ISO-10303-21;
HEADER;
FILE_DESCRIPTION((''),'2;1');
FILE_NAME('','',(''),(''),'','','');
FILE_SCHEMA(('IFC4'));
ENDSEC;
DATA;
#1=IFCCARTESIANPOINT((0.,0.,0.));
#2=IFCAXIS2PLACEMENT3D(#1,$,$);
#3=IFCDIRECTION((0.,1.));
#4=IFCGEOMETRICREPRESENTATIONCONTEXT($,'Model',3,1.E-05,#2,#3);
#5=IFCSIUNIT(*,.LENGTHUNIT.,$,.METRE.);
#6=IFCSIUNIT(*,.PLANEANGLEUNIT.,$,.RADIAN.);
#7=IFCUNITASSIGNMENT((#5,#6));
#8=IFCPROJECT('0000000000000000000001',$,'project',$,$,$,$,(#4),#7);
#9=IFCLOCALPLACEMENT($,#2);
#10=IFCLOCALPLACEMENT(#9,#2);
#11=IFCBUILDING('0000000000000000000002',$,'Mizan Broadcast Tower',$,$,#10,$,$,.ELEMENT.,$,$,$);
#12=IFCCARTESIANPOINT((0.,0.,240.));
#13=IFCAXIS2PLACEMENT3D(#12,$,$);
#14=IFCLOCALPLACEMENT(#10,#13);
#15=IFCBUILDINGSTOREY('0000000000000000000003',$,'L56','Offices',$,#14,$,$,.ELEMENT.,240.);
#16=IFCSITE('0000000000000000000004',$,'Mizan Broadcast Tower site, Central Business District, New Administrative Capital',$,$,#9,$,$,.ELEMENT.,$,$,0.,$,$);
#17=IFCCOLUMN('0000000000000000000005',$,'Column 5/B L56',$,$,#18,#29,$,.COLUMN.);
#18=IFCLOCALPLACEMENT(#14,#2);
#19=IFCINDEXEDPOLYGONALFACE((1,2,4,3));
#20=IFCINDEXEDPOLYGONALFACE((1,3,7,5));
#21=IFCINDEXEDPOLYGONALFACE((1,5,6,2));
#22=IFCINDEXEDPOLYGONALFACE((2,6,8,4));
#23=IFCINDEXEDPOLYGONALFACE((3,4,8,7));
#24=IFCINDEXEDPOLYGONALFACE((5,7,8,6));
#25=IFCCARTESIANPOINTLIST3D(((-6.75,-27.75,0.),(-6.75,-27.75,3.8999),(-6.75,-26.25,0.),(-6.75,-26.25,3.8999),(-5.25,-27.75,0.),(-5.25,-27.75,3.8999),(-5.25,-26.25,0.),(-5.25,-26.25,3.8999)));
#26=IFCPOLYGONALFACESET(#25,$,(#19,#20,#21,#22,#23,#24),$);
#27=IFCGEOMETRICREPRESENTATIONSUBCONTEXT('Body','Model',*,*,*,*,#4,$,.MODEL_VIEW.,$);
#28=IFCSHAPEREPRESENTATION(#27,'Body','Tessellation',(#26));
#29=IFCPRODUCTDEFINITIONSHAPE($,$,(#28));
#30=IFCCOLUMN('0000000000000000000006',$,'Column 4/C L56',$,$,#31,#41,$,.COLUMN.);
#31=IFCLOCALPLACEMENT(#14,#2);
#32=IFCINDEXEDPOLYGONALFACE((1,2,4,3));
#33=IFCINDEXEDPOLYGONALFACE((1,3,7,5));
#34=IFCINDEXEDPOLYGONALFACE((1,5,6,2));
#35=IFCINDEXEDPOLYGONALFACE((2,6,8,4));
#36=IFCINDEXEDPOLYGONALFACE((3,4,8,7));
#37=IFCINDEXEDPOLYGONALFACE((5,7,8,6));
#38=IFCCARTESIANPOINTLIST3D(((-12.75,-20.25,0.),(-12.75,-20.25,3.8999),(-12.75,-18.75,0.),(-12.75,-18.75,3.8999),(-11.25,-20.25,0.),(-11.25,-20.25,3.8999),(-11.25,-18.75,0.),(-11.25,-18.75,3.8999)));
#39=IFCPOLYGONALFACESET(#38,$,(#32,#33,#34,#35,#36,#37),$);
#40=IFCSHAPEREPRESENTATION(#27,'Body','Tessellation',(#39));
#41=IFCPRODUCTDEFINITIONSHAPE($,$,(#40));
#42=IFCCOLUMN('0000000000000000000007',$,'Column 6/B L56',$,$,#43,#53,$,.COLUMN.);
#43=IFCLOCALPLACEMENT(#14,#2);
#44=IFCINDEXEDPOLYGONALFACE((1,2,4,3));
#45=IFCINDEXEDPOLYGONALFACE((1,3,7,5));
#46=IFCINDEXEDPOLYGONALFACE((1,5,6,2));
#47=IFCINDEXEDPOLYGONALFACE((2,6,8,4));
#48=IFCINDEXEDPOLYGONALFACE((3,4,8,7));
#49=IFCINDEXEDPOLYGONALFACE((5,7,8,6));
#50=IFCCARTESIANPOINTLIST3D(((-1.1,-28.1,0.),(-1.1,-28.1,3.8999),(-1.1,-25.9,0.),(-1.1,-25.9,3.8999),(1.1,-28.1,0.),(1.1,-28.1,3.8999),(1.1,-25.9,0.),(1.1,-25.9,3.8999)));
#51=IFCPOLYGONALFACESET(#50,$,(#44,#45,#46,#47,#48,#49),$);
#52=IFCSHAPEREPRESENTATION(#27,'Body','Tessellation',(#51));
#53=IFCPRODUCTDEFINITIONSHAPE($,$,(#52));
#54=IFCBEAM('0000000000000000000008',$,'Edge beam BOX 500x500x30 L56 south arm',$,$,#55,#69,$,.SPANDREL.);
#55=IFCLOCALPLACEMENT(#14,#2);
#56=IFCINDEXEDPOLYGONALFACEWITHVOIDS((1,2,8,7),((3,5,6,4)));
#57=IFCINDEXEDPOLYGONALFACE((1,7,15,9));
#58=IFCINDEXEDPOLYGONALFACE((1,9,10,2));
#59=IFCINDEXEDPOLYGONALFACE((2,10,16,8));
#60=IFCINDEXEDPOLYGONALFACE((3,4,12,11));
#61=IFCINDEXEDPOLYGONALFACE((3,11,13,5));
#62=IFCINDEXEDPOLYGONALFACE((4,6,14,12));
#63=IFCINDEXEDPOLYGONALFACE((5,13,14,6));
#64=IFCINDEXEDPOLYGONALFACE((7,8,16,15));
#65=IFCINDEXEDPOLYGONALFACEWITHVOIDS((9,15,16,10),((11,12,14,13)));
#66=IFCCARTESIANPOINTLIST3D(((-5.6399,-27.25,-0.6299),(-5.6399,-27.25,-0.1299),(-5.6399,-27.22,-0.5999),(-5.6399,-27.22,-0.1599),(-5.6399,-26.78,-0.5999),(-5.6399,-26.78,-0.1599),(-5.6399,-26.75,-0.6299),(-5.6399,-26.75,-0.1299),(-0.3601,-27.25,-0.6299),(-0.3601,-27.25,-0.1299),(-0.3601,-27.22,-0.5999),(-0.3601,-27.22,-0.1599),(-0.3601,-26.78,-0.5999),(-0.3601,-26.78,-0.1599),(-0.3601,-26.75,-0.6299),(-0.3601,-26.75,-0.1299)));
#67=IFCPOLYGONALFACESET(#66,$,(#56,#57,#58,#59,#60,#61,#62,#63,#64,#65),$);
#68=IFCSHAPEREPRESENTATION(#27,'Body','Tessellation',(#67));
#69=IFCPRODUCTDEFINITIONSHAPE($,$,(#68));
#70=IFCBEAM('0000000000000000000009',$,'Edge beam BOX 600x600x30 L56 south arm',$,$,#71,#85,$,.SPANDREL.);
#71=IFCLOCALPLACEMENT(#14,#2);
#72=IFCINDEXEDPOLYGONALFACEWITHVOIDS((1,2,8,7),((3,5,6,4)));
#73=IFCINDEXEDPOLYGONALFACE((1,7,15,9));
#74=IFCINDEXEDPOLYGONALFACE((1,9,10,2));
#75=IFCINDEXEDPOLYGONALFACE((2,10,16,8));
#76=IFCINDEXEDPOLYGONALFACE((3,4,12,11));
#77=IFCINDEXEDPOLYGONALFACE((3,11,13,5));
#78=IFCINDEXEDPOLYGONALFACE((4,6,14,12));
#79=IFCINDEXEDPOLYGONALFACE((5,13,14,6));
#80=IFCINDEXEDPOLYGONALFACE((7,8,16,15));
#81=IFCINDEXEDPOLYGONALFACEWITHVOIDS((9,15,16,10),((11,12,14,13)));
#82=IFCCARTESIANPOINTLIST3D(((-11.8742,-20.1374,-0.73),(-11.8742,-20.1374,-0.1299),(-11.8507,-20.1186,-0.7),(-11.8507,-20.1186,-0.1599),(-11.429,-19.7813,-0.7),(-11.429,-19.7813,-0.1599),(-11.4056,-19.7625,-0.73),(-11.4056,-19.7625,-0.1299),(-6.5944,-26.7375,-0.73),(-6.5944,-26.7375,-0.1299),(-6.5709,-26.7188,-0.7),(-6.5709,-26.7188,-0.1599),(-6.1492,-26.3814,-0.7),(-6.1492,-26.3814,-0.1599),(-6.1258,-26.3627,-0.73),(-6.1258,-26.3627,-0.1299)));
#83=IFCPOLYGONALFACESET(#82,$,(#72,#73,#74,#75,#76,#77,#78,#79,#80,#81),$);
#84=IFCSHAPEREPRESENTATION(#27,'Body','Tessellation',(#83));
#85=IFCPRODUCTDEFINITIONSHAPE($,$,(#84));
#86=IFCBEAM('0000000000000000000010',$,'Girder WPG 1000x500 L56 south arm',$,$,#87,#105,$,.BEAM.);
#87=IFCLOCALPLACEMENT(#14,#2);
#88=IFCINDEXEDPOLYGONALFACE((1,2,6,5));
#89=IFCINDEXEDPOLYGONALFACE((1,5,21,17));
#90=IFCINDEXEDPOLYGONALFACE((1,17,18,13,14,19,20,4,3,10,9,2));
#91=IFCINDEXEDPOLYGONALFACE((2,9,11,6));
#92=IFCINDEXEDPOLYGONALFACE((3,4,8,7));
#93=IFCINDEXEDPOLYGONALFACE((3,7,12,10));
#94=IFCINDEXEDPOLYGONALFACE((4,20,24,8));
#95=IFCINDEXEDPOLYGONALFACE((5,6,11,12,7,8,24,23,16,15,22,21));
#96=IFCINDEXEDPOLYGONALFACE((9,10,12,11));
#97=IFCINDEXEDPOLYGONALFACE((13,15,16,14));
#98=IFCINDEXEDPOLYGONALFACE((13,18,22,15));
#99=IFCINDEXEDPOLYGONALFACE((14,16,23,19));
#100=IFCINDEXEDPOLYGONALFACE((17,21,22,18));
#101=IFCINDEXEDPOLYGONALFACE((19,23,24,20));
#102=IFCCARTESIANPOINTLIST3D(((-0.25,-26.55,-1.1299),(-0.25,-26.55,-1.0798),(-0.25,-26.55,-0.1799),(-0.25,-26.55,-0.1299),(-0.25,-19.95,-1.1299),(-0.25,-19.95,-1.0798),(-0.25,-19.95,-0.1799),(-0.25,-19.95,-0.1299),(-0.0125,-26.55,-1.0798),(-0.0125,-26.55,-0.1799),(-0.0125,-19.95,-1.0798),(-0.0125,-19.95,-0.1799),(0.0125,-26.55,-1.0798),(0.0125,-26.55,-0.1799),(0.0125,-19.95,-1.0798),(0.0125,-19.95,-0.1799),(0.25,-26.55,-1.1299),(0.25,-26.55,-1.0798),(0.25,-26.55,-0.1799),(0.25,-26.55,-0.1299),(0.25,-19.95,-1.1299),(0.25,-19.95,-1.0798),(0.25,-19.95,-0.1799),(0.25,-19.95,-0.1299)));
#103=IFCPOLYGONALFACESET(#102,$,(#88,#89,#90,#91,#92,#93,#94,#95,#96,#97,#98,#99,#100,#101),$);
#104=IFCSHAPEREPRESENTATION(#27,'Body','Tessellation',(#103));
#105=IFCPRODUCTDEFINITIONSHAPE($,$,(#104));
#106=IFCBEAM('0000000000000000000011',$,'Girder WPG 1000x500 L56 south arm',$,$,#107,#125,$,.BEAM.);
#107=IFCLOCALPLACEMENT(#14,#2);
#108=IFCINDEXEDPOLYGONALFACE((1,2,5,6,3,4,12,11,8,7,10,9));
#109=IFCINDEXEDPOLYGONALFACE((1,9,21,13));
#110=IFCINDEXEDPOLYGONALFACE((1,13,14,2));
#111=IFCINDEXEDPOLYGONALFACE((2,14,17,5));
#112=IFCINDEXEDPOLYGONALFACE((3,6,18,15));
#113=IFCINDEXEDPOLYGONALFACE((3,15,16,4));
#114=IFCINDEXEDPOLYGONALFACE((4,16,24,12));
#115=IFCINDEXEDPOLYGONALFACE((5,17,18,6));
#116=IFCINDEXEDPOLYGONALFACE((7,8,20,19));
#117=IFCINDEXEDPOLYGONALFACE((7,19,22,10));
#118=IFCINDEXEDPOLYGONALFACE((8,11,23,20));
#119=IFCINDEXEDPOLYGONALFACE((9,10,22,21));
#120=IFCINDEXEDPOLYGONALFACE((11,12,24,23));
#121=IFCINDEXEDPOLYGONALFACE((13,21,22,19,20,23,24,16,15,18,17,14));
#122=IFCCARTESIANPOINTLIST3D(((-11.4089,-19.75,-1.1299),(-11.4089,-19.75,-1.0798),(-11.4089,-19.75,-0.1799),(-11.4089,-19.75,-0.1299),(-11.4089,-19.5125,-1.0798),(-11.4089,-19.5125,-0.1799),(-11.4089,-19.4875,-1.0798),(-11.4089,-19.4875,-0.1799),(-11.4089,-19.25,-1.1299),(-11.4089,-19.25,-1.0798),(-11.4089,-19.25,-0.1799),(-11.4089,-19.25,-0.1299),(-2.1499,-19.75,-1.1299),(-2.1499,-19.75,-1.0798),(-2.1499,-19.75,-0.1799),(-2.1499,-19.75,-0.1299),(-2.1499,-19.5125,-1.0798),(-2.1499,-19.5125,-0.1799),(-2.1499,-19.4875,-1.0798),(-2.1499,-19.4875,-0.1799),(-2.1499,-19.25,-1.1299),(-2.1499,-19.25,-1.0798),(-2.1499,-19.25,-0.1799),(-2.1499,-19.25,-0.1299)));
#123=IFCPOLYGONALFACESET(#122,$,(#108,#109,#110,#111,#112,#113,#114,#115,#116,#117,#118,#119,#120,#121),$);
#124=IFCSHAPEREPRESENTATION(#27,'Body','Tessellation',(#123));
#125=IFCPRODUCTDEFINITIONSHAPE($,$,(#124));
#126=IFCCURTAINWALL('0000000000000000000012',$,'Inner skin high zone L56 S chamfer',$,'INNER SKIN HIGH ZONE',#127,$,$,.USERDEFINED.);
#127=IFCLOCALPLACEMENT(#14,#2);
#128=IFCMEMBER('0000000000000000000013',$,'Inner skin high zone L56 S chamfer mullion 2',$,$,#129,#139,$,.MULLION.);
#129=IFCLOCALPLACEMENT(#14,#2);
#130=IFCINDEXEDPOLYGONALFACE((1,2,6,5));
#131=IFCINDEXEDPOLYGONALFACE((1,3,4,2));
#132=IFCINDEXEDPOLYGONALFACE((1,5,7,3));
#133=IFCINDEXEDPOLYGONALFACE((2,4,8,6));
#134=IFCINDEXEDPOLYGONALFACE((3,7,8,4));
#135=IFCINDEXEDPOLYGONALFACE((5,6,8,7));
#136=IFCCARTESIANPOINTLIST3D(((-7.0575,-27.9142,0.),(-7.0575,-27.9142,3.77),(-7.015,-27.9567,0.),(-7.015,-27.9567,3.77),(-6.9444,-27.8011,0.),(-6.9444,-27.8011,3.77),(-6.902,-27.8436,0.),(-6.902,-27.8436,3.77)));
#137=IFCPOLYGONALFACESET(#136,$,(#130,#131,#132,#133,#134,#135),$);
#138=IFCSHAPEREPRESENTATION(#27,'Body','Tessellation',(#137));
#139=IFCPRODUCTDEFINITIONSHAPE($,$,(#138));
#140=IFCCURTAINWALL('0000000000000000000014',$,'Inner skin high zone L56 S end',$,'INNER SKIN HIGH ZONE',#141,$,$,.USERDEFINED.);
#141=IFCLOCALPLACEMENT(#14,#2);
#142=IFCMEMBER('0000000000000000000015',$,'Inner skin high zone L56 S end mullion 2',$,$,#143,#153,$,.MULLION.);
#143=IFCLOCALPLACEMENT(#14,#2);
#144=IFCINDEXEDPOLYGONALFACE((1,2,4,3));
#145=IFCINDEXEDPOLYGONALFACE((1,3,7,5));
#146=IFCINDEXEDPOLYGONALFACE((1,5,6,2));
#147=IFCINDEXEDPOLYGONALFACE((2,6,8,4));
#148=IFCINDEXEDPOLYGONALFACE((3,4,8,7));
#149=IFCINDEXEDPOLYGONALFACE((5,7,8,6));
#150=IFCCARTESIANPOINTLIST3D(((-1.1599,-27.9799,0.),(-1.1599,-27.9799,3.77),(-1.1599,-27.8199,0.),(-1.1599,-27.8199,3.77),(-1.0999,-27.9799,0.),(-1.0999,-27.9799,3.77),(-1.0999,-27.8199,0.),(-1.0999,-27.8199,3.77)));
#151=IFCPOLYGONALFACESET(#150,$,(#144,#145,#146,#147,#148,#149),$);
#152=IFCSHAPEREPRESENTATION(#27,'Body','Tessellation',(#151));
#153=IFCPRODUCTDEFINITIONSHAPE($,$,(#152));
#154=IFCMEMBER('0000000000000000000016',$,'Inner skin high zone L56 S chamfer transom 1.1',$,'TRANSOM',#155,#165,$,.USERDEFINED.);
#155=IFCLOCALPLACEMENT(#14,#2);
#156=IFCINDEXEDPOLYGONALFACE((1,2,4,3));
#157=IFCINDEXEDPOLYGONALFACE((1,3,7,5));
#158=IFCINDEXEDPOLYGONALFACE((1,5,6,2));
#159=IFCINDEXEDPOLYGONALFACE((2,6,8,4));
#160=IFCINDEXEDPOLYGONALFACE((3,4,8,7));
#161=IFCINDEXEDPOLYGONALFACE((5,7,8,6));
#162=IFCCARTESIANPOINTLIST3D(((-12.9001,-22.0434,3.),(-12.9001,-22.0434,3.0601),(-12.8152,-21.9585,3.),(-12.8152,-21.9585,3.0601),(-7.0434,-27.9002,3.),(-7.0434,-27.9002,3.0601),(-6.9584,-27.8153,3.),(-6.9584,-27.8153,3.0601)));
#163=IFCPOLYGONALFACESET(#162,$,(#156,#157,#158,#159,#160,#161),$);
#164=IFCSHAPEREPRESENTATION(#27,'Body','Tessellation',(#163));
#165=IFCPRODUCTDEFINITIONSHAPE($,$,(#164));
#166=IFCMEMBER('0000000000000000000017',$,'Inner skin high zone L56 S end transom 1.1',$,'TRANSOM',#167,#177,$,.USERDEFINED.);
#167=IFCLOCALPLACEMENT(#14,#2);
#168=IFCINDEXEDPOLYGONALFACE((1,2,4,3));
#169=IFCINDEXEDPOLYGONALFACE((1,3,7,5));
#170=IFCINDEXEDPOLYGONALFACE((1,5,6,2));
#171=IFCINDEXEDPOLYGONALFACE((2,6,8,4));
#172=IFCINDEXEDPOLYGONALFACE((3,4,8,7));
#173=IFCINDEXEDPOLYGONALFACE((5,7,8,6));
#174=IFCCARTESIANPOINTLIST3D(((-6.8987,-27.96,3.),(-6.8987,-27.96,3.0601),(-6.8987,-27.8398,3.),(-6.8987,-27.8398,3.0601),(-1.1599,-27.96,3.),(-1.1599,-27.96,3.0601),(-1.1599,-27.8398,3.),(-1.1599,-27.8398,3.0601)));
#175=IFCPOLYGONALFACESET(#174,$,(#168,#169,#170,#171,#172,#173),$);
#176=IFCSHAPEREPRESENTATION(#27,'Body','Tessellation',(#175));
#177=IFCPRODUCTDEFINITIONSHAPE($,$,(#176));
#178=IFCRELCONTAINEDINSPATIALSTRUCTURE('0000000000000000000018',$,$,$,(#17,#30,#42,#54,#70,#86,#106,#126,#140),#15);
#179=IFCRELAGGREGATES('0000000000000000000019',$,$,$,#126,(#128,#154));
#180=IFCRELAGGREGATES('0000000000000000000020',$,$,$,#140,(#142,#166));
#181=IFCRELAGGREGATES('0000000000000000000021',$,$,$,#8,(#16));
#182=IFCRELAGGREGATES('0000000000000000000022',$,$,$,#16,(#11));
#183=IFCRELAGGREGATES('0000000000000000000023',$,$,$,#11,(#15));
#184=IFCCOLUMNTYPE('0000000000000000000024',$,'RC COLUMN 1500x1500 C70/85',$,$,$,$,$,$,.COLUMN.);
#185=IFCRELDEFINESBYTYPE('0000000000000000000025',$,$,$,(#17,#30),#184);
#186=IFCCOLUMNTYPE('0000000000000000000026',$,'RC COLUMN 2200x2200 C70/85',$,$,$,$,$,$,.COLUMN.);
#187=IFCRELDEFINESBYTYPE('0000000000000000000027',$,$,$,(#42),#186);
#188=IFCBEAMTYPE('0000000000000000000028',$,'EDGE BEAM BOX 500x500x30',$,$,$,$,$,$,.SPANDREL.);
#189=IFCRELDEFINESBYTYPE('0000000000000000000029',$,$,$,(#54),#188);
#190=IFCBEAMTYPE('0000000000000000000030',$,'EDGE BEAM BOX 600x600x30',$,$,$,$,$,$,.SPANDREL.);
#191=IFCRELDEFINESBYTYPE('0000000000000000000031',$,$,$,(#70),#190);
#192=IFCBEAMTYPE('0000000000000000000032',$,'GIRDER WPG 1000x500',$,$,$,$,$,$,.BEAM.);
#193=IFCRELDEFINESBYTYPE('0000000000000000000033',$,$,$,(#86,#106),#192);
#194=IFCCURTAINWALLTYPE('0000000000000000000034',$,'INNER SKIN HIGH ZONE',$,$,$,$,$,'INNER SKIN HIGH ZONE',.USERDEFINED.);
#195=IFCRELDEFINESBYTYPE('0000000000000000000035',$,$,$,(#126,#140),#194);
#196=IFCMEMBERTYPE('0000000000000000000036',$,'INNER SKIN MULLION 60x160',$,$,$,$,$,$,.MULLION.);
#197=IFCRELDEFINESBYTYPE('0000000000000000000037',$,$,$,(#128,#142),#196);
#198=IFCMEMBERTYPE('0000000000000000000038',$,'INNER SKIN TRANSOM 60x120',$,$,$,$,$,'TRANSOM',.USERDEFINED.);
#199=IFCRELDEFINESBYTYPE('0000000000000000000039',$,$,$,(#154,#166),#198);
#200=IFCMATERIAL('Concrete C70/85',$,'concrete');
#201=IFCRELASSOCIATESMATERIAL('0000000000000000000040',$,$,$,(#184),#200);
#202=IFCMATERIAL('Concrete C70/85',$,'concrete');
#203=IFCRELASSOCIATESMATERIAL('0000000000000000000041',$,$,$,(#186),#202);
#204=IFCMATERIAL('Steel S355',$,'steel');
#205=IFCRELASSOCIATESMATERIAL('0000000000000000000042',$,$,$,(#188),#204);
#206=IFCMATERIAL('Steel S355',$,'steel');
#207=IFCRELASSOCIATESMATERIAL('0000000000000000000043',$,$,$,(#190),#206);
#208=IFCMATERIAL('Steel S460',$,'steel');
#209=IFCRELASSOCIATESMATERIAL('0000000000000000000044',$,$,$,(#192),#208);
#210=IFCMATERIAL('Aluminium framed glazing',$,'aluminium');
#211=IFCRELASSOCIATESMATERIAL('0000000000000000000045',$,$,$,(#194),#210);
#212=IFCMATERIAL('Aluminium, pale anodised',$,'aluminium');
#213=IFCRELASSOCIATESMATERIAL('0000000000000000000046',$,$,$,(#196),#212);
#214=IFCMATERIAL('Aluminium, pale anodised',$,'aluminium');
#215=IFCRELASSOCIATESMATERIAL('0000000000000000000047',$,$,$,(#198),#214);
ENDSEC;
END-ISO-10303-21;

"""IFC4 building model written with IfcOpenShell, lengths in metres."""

from ifc_helpers import new_model, si_unit, direction, frame, origin, origin_2d, place, context, subcontext, project, spatial, rectangle, hollow_rectangle, i_section, extrude, material, material_profile, profile_set, type_object, element, aggregate, save


model = new_model("IFC4")

# Units and contexts
model_context = context("Model", 3, precision=1e-05, world=origin(), true_north=direction((0.0, 1.0)))
body_context = subcontext(model_context, "Body", "Model", "MODEL_VIEW")
ifc_project = project(units=[si_unit("LENGTHUNIT", "METRE"), si_unit("PLANEANGLEUNIT", "RADIAN")], contexts=[model_context])

# Site, building, storey
site_placement = place(None, origin())
site = spatial("IfcSite", under=ifc_project, at=site_placement, Name="Mizan Broadcast Tower site, Central Business District, New Administrative Capital", CompositionType="ELEMENT", RefElevation=0.0)
building_placement = place(site_placement, origin())
building = spatial("IfcBuilding", under=site, at=building_placement, Name="Mizan Broadcast Tower", CompositionType="ELEMENT")
storey_placement = place(building_placement, frame((0.0, 0.0, 240.0)))
storey = spatial("IfcBuildingStorey", under=building, at=storey_placement, Name="L56", Description="Offices", CompositionType="ELEMENT", Elevation=240.0)

# Columns
ifc_material_1 = material(Name="Concrete C70/85", Category="concrete")
ifc_material_profile_1 = material_profile(ifc_material_1, rectangle(XDim=1.5, YDim=1.5, at=origin_2d()), Name="RC 1500x1500")
ifc_profile_set_1 = profile_set([ifc_material_profile_1], Name="Concrete C70/85")
column_type_1 = type_object("IfcColumnType", Name="RC COLUMN 1500x1500 C70/85", PredefinedType="COLUMN", material=ifc_profile_set_1)
for number, where, z_axis, x_axis, name in (
    (1, (-6.0, -27.0, 0.0), (0.0, 0.0, 1.0), (1.0, 0.0, 0.0), "Column 5/B L56"),
    (2, (-12.0, -19.5, 0.0), (0.0, 0.0, 1.0), (1.0, 0.0, 0.0), "Column 4/C L56"),
):
    element("IfcColumn", number, at=place(storey_placement, frame(where, z_axis=z_axis, x_axis=x_axis)), inside=storey, type_object=column_type_1, Name=name, PredefinedType="COLUMN", context=body_context, shape_type="SweptSolid", body=[
        extrude(rectangle(XDim=1.5, YDim=1.5, at=origin_2d()), origin(), (0.0, 0.0, 1.0), 3.8999),
    ])
ifc_material_2 = material(Name="Concrete C70/85", Category="concrete")
ifc_material_profile_2 = material_profile(ifc_material_2, rectangle(XDim=2.2, YDim=2.2, at=origin_2d()), Name="RC 2200x2200")
ifc_profile_set_2 = profile_set([ifc_material_profile_2], Name="Concrete C70/85")
column_type_2 = type_object("IfcColumnType", Name="RC COLUMN 2200x2200 C70/85", PredefinedType="COLUMN", material=ifc_profile_set_2)
column_placement = place(storey_placement, frame((0.0, -27.0, 0.0), z_axis=(0.0, 0.0, 1.0), x_axis=(1.0, 0.0, 0.0)))
element("IfcColumn", 3, at=column_placement, inside=storey, type_object=column_type_2, Name="Column 6/B L56", PredefinedType="COLUMN", context=body_context, shape_type="SweptSolid", body=[
    extrude(rectangle(XDim=2.2, YDim=2.2, at=origin_2d()), origin(), (0.0, 0.0, 1.0), 3.8999),
])

# Beams
ifc_material_3 = material(Name="Steel S355", Category="steel")
ifc_material_profile_3 = material_profile(ifc_material_3, hollow_rectangle(XDim=0.5, YDim=0.5, WallThickness=0.03, at=origin_2d()), Name="BOX 500x500x30")
ifc_profile_set_3 = profile_set([ifc_material_profile_3], Name="Steel S355")
beam_type_1 = type_object("IfcBeamType", Name="EDGE BEAM BOX 500x500x30", PredefinedType="SPANDREL", material=ifc_profile_set_3)
beam_1_placement = place(storey_placement, frame((-5.6399, -27.0, -0.3799), z_axis=(1.0, 0.0, 0.0), x_axis=(0.0, 1.0, 0.0)))
element("IfcBeam", 4, at=beam_1_placement, inside=storey, type_object=beam_type_1, Name="Edge beam BOX 500x500x30 L56 south arm", PredefinedType="SPANDREL", context=body_context, shape_type="SweptSolid", body=[
    extrude(hollow_rectangle(XDim=0.5, YDim=0.5, WallThickness=0.03, at=origin_2d()), origin(), (0.0, 0.0, 1.0), 5.2798),
])
ifc_material_4 = material(Name="Steel S355", Category="steel")
ifc_material_profile_4 = material_profile(ifc_material_4, hollow_rectangle(XDim=0.6001, YDim=0.6001, WallThickness=0.03, at=origin_2d()), Name="BOX 600x600x30")
ifc_profile_set_4 = profile_set([ifc_material_profile_4], Name="Steel S355")
beam_type_2 = type_object("IfcBeamType", Name="EDGE BEAM BOX 600x600x30", PredefinedType="SPANDREL", material=ifc_profile_set_4)
beam_2_placement = place(storey_placement, frame((-11.6399, -19.95, -0.4299), z_axis=(0.624674, -0.780886, 0.0), x_axis=(0.780886, 0.624674, 0.0)))
element("IfcBeam", 5, at=beam_2_placement, inside=storey, type_object=beam_type_2, Name="Edge beam BOX 600x600x30 L56 south arm", PredefinedType="SPANDREL", context=body_context, shape_type="SweptSolid", body=[
    extrude(hollow_rectangle(XDim=0.6001, YDim=0.6001, WallThickness=0.03, at=origin_2d()), origin(), (0.0, 0.0, 1.0), 8.4521),
])
ifc_material_5 = material(Name="Steel S460", Category="steel")
ifc_material_profile_5 = material_profile(ifc_material_5, i_section(OverallWidth=0.5, OverallDepth=1.0, WebThickness=0.0249, FlangeThickness=0.05, at=origin_2d()), Name="WPG 1000x500")
ifc_profile_set_5 = profile_set([ifc_material_profile_5], Name="Steel S460")
beam_type_3 = type_object("IfcBeamType", Name="GIRDER WPG 1000x500", PredefinedType="BEAM", material=ifc_profile_set_5)
beam_3_placement = place(storey_placement, frame((0.0, -19.95, -0.6299), z_axis=(0.0, -1.0, 0.0), x_axis=(1.0, 0.0, 0.0)))
element("IfcBeam", 6, at=beam_3_placement, inside=storey, type_object=beam_type_3, Name="Girder WPG 1000x500 L56 south arm", PredefinedType="BEAM", context=body_context, shape_type="SweptSolid", body=[
    extrude(i_section(OverallWidth=0.5, OverallDepth=1.0, WebThickness=0.0249, FlangeThickness=0.05, at=origin_2d()), origin(), (0.0, 0.0, 1.0), 6.6001),
])
beam_4_placement = place(storey_placement, frame((-11.4089, -19.5, -0.6299), z_axis=(1.0, 0.0, 0.0), x_axis=(0.0, 1.0, 0.0)))
element("IfcBeam", 7, at=beam_4_placement, inside=storey, type_object=beam_type_3, Name="Girder WPG 1000x500 L56 south arm", PredefinedType="BEAM", context=body_context, shape_type="SweptSolid", body=[
    extrude(i_section(OverallWidth=0.5, OverallDepth=1.0, WebThickness=0.0249, FlangeThickness=0.05, at=origin_2d()), origin(), (0.0, 0.0, 1.0), 9.259),
])

# Curtain walls, members
ifc_material_6 = material(Name="Aluminium framed glazing", Category="aluminium")
curtain_wall_type_1 = type_object("IfcCurtainWallType", Name="INNER SKIN HIGH ZONE", ElementType="INNER SKIN HIGH ZONE", PredefinedType="USERDEFINED", material=ifc_material_6)
curtain_wall_1_placement = place(storey_placement, origin())
curtain_wall_1 = element("IfcCurtainWall", 8, at=curtain_wall_1_placement, inside=storey, type_object=curtain_wall_type_1, Name="Inner skin high zone L56 S chamfer", ObjectType="INNER SKIN HIGH ZONE", PredefinedType="USERDEFINED")
ifc_material_7 = material(Name="Aluminium, pale anodised", Category="aluminium")
ifc_material_profile_6 = material_profile(ifc_material_7, rectangle(XDim=0.1599, YDim=0.0601, at=origin_2d()), Name="MULLION 160x60")
ifc_profile_set_6 = profile_set([ifc_material_profile_6], Name="Aluminium, pale anodised")
member_type_1 = type_object("IfcMemberType", Name="INNER SKIN MULLION 60x160", PredefinedType="MULLION", material=ifc_profile_set_6)
member_1_placement = place(storey_placement, frame((-6.9797, -27.8789, 0.0), z_axis=(0.0, 0.0, 1.0), x_axis=(0.707107, 0.707107, 0.0)))
member_1 = element("IfcMember", 9, at=member_1_placement, type_object=member_type_1, Name="Inner skin high zone L56 S chamfer mullion 2", PredefinedType="MULLION", context=body_context, shape_type="SweptSolid", body=[
    extrude(rectangle(XDim=0.1599, YDim=0.0601, at=origin_2d()), origin(), (0.0, 0.0, 1.0), 3.77),
])
curtain_wall_2_placement = place(storey_placement, origin())
curtain_wall_2 = element("IfcCurtainWall", 10, at=curtain_wall_2_placement, inside=storey, type_object=curtain_wall_type_1, Name="Inner skin high zone L56 S end", ObjectType="INNER SKIN HIGH ZONE", PredefinedType="USERDEFINED")
member_2_placement = place(storey_placement, frame((-1.1299, -27.8999, 0.0), z_axis=(0.0, 0.0, 1.0), x_axis=(0.0, 1.0, 0.0)))
member_2 = element("IfcMember", 11, at=member_2_placement, type_object=member_type_1, Name="Inner skin high zone L56 S end mullion 2", PredefinedType="MULLION", context=body_context, shape_type="SweptSolid", body=[
    extrude(rectangle(XDim=0.1599, YDim=0.0601, at=origin_2d()), origin(), (0.0, 0.0, 1.0), 3.77),
])

# Members
ifc_material_8 = material(Name="Aluminium, pale anodised", Category="aluminium")
ifc_material_profile_7 = material_profile(ifc_material_8, rectangle(XDim=0.1201, YDim=0.0601, at=origin_2d()), Name="TRANSOM 120x60")
ifc_profile_set_7 = profile_set([ifc_material_profile_7], Name="Aluminium, pale anodised")
member_type_2 = type_object("IfcMemberType", Name="INNER SKIN TRANSOM 60x120", ElementType="TRANSOM", PredefinedType="USERDEFINED", material=ifc_profile_set_7)
member_3_placement = place(storey_placement, frame((-12.8577, -22.001, 3.03), z_axis=(0.707107, -0.707107, 0.0), x_axis=(0.707107, 0.707107, 0.0)))
member_3 = element("IfcMember", 12, at=member_3_placement, type_object=member_type_2, Name="Inner skin high zone L56 S chamfer transom 1.1", ObjectType="TRANSOM", PredefinedType="USERDEFINED", context=body_context, shape_type="SweptSolid", body=[
    extrude(rectangle(XDim=0.1201, YDim=0.0601, at=origin_2d()), origin(), (0.0, 0.0, 1.0), 8.2827),
])
member_4_placement = place(storey_placement, frame((-6.8987, -27.8999, 3.03), z_axis=(1.0, 0.0, 0.0), x_axis=(0.0, 1.0, 0.0)))
member_4 = element("IfcMember", 13, at=member_4_placement, type_object=member_type_2, Name="Inner skin high zone L56 S end transom 1.1", ObjectType="TRANSOM", PredefinedType="USERDEFINED", context=body_context, shape_type="SweptSolid", body=[
    extrude(rectangle(XDim=0.1201, YDim=0.0601, at=origin_2d()), origin(), (0.0, 0.0, 1.0), 5.7388),
])

aggregate(curtain_wall_1, [member_1, member_3])
aggregate(curtain_wall_2, [member_2, member_4])

save(model, "model.ifc")
